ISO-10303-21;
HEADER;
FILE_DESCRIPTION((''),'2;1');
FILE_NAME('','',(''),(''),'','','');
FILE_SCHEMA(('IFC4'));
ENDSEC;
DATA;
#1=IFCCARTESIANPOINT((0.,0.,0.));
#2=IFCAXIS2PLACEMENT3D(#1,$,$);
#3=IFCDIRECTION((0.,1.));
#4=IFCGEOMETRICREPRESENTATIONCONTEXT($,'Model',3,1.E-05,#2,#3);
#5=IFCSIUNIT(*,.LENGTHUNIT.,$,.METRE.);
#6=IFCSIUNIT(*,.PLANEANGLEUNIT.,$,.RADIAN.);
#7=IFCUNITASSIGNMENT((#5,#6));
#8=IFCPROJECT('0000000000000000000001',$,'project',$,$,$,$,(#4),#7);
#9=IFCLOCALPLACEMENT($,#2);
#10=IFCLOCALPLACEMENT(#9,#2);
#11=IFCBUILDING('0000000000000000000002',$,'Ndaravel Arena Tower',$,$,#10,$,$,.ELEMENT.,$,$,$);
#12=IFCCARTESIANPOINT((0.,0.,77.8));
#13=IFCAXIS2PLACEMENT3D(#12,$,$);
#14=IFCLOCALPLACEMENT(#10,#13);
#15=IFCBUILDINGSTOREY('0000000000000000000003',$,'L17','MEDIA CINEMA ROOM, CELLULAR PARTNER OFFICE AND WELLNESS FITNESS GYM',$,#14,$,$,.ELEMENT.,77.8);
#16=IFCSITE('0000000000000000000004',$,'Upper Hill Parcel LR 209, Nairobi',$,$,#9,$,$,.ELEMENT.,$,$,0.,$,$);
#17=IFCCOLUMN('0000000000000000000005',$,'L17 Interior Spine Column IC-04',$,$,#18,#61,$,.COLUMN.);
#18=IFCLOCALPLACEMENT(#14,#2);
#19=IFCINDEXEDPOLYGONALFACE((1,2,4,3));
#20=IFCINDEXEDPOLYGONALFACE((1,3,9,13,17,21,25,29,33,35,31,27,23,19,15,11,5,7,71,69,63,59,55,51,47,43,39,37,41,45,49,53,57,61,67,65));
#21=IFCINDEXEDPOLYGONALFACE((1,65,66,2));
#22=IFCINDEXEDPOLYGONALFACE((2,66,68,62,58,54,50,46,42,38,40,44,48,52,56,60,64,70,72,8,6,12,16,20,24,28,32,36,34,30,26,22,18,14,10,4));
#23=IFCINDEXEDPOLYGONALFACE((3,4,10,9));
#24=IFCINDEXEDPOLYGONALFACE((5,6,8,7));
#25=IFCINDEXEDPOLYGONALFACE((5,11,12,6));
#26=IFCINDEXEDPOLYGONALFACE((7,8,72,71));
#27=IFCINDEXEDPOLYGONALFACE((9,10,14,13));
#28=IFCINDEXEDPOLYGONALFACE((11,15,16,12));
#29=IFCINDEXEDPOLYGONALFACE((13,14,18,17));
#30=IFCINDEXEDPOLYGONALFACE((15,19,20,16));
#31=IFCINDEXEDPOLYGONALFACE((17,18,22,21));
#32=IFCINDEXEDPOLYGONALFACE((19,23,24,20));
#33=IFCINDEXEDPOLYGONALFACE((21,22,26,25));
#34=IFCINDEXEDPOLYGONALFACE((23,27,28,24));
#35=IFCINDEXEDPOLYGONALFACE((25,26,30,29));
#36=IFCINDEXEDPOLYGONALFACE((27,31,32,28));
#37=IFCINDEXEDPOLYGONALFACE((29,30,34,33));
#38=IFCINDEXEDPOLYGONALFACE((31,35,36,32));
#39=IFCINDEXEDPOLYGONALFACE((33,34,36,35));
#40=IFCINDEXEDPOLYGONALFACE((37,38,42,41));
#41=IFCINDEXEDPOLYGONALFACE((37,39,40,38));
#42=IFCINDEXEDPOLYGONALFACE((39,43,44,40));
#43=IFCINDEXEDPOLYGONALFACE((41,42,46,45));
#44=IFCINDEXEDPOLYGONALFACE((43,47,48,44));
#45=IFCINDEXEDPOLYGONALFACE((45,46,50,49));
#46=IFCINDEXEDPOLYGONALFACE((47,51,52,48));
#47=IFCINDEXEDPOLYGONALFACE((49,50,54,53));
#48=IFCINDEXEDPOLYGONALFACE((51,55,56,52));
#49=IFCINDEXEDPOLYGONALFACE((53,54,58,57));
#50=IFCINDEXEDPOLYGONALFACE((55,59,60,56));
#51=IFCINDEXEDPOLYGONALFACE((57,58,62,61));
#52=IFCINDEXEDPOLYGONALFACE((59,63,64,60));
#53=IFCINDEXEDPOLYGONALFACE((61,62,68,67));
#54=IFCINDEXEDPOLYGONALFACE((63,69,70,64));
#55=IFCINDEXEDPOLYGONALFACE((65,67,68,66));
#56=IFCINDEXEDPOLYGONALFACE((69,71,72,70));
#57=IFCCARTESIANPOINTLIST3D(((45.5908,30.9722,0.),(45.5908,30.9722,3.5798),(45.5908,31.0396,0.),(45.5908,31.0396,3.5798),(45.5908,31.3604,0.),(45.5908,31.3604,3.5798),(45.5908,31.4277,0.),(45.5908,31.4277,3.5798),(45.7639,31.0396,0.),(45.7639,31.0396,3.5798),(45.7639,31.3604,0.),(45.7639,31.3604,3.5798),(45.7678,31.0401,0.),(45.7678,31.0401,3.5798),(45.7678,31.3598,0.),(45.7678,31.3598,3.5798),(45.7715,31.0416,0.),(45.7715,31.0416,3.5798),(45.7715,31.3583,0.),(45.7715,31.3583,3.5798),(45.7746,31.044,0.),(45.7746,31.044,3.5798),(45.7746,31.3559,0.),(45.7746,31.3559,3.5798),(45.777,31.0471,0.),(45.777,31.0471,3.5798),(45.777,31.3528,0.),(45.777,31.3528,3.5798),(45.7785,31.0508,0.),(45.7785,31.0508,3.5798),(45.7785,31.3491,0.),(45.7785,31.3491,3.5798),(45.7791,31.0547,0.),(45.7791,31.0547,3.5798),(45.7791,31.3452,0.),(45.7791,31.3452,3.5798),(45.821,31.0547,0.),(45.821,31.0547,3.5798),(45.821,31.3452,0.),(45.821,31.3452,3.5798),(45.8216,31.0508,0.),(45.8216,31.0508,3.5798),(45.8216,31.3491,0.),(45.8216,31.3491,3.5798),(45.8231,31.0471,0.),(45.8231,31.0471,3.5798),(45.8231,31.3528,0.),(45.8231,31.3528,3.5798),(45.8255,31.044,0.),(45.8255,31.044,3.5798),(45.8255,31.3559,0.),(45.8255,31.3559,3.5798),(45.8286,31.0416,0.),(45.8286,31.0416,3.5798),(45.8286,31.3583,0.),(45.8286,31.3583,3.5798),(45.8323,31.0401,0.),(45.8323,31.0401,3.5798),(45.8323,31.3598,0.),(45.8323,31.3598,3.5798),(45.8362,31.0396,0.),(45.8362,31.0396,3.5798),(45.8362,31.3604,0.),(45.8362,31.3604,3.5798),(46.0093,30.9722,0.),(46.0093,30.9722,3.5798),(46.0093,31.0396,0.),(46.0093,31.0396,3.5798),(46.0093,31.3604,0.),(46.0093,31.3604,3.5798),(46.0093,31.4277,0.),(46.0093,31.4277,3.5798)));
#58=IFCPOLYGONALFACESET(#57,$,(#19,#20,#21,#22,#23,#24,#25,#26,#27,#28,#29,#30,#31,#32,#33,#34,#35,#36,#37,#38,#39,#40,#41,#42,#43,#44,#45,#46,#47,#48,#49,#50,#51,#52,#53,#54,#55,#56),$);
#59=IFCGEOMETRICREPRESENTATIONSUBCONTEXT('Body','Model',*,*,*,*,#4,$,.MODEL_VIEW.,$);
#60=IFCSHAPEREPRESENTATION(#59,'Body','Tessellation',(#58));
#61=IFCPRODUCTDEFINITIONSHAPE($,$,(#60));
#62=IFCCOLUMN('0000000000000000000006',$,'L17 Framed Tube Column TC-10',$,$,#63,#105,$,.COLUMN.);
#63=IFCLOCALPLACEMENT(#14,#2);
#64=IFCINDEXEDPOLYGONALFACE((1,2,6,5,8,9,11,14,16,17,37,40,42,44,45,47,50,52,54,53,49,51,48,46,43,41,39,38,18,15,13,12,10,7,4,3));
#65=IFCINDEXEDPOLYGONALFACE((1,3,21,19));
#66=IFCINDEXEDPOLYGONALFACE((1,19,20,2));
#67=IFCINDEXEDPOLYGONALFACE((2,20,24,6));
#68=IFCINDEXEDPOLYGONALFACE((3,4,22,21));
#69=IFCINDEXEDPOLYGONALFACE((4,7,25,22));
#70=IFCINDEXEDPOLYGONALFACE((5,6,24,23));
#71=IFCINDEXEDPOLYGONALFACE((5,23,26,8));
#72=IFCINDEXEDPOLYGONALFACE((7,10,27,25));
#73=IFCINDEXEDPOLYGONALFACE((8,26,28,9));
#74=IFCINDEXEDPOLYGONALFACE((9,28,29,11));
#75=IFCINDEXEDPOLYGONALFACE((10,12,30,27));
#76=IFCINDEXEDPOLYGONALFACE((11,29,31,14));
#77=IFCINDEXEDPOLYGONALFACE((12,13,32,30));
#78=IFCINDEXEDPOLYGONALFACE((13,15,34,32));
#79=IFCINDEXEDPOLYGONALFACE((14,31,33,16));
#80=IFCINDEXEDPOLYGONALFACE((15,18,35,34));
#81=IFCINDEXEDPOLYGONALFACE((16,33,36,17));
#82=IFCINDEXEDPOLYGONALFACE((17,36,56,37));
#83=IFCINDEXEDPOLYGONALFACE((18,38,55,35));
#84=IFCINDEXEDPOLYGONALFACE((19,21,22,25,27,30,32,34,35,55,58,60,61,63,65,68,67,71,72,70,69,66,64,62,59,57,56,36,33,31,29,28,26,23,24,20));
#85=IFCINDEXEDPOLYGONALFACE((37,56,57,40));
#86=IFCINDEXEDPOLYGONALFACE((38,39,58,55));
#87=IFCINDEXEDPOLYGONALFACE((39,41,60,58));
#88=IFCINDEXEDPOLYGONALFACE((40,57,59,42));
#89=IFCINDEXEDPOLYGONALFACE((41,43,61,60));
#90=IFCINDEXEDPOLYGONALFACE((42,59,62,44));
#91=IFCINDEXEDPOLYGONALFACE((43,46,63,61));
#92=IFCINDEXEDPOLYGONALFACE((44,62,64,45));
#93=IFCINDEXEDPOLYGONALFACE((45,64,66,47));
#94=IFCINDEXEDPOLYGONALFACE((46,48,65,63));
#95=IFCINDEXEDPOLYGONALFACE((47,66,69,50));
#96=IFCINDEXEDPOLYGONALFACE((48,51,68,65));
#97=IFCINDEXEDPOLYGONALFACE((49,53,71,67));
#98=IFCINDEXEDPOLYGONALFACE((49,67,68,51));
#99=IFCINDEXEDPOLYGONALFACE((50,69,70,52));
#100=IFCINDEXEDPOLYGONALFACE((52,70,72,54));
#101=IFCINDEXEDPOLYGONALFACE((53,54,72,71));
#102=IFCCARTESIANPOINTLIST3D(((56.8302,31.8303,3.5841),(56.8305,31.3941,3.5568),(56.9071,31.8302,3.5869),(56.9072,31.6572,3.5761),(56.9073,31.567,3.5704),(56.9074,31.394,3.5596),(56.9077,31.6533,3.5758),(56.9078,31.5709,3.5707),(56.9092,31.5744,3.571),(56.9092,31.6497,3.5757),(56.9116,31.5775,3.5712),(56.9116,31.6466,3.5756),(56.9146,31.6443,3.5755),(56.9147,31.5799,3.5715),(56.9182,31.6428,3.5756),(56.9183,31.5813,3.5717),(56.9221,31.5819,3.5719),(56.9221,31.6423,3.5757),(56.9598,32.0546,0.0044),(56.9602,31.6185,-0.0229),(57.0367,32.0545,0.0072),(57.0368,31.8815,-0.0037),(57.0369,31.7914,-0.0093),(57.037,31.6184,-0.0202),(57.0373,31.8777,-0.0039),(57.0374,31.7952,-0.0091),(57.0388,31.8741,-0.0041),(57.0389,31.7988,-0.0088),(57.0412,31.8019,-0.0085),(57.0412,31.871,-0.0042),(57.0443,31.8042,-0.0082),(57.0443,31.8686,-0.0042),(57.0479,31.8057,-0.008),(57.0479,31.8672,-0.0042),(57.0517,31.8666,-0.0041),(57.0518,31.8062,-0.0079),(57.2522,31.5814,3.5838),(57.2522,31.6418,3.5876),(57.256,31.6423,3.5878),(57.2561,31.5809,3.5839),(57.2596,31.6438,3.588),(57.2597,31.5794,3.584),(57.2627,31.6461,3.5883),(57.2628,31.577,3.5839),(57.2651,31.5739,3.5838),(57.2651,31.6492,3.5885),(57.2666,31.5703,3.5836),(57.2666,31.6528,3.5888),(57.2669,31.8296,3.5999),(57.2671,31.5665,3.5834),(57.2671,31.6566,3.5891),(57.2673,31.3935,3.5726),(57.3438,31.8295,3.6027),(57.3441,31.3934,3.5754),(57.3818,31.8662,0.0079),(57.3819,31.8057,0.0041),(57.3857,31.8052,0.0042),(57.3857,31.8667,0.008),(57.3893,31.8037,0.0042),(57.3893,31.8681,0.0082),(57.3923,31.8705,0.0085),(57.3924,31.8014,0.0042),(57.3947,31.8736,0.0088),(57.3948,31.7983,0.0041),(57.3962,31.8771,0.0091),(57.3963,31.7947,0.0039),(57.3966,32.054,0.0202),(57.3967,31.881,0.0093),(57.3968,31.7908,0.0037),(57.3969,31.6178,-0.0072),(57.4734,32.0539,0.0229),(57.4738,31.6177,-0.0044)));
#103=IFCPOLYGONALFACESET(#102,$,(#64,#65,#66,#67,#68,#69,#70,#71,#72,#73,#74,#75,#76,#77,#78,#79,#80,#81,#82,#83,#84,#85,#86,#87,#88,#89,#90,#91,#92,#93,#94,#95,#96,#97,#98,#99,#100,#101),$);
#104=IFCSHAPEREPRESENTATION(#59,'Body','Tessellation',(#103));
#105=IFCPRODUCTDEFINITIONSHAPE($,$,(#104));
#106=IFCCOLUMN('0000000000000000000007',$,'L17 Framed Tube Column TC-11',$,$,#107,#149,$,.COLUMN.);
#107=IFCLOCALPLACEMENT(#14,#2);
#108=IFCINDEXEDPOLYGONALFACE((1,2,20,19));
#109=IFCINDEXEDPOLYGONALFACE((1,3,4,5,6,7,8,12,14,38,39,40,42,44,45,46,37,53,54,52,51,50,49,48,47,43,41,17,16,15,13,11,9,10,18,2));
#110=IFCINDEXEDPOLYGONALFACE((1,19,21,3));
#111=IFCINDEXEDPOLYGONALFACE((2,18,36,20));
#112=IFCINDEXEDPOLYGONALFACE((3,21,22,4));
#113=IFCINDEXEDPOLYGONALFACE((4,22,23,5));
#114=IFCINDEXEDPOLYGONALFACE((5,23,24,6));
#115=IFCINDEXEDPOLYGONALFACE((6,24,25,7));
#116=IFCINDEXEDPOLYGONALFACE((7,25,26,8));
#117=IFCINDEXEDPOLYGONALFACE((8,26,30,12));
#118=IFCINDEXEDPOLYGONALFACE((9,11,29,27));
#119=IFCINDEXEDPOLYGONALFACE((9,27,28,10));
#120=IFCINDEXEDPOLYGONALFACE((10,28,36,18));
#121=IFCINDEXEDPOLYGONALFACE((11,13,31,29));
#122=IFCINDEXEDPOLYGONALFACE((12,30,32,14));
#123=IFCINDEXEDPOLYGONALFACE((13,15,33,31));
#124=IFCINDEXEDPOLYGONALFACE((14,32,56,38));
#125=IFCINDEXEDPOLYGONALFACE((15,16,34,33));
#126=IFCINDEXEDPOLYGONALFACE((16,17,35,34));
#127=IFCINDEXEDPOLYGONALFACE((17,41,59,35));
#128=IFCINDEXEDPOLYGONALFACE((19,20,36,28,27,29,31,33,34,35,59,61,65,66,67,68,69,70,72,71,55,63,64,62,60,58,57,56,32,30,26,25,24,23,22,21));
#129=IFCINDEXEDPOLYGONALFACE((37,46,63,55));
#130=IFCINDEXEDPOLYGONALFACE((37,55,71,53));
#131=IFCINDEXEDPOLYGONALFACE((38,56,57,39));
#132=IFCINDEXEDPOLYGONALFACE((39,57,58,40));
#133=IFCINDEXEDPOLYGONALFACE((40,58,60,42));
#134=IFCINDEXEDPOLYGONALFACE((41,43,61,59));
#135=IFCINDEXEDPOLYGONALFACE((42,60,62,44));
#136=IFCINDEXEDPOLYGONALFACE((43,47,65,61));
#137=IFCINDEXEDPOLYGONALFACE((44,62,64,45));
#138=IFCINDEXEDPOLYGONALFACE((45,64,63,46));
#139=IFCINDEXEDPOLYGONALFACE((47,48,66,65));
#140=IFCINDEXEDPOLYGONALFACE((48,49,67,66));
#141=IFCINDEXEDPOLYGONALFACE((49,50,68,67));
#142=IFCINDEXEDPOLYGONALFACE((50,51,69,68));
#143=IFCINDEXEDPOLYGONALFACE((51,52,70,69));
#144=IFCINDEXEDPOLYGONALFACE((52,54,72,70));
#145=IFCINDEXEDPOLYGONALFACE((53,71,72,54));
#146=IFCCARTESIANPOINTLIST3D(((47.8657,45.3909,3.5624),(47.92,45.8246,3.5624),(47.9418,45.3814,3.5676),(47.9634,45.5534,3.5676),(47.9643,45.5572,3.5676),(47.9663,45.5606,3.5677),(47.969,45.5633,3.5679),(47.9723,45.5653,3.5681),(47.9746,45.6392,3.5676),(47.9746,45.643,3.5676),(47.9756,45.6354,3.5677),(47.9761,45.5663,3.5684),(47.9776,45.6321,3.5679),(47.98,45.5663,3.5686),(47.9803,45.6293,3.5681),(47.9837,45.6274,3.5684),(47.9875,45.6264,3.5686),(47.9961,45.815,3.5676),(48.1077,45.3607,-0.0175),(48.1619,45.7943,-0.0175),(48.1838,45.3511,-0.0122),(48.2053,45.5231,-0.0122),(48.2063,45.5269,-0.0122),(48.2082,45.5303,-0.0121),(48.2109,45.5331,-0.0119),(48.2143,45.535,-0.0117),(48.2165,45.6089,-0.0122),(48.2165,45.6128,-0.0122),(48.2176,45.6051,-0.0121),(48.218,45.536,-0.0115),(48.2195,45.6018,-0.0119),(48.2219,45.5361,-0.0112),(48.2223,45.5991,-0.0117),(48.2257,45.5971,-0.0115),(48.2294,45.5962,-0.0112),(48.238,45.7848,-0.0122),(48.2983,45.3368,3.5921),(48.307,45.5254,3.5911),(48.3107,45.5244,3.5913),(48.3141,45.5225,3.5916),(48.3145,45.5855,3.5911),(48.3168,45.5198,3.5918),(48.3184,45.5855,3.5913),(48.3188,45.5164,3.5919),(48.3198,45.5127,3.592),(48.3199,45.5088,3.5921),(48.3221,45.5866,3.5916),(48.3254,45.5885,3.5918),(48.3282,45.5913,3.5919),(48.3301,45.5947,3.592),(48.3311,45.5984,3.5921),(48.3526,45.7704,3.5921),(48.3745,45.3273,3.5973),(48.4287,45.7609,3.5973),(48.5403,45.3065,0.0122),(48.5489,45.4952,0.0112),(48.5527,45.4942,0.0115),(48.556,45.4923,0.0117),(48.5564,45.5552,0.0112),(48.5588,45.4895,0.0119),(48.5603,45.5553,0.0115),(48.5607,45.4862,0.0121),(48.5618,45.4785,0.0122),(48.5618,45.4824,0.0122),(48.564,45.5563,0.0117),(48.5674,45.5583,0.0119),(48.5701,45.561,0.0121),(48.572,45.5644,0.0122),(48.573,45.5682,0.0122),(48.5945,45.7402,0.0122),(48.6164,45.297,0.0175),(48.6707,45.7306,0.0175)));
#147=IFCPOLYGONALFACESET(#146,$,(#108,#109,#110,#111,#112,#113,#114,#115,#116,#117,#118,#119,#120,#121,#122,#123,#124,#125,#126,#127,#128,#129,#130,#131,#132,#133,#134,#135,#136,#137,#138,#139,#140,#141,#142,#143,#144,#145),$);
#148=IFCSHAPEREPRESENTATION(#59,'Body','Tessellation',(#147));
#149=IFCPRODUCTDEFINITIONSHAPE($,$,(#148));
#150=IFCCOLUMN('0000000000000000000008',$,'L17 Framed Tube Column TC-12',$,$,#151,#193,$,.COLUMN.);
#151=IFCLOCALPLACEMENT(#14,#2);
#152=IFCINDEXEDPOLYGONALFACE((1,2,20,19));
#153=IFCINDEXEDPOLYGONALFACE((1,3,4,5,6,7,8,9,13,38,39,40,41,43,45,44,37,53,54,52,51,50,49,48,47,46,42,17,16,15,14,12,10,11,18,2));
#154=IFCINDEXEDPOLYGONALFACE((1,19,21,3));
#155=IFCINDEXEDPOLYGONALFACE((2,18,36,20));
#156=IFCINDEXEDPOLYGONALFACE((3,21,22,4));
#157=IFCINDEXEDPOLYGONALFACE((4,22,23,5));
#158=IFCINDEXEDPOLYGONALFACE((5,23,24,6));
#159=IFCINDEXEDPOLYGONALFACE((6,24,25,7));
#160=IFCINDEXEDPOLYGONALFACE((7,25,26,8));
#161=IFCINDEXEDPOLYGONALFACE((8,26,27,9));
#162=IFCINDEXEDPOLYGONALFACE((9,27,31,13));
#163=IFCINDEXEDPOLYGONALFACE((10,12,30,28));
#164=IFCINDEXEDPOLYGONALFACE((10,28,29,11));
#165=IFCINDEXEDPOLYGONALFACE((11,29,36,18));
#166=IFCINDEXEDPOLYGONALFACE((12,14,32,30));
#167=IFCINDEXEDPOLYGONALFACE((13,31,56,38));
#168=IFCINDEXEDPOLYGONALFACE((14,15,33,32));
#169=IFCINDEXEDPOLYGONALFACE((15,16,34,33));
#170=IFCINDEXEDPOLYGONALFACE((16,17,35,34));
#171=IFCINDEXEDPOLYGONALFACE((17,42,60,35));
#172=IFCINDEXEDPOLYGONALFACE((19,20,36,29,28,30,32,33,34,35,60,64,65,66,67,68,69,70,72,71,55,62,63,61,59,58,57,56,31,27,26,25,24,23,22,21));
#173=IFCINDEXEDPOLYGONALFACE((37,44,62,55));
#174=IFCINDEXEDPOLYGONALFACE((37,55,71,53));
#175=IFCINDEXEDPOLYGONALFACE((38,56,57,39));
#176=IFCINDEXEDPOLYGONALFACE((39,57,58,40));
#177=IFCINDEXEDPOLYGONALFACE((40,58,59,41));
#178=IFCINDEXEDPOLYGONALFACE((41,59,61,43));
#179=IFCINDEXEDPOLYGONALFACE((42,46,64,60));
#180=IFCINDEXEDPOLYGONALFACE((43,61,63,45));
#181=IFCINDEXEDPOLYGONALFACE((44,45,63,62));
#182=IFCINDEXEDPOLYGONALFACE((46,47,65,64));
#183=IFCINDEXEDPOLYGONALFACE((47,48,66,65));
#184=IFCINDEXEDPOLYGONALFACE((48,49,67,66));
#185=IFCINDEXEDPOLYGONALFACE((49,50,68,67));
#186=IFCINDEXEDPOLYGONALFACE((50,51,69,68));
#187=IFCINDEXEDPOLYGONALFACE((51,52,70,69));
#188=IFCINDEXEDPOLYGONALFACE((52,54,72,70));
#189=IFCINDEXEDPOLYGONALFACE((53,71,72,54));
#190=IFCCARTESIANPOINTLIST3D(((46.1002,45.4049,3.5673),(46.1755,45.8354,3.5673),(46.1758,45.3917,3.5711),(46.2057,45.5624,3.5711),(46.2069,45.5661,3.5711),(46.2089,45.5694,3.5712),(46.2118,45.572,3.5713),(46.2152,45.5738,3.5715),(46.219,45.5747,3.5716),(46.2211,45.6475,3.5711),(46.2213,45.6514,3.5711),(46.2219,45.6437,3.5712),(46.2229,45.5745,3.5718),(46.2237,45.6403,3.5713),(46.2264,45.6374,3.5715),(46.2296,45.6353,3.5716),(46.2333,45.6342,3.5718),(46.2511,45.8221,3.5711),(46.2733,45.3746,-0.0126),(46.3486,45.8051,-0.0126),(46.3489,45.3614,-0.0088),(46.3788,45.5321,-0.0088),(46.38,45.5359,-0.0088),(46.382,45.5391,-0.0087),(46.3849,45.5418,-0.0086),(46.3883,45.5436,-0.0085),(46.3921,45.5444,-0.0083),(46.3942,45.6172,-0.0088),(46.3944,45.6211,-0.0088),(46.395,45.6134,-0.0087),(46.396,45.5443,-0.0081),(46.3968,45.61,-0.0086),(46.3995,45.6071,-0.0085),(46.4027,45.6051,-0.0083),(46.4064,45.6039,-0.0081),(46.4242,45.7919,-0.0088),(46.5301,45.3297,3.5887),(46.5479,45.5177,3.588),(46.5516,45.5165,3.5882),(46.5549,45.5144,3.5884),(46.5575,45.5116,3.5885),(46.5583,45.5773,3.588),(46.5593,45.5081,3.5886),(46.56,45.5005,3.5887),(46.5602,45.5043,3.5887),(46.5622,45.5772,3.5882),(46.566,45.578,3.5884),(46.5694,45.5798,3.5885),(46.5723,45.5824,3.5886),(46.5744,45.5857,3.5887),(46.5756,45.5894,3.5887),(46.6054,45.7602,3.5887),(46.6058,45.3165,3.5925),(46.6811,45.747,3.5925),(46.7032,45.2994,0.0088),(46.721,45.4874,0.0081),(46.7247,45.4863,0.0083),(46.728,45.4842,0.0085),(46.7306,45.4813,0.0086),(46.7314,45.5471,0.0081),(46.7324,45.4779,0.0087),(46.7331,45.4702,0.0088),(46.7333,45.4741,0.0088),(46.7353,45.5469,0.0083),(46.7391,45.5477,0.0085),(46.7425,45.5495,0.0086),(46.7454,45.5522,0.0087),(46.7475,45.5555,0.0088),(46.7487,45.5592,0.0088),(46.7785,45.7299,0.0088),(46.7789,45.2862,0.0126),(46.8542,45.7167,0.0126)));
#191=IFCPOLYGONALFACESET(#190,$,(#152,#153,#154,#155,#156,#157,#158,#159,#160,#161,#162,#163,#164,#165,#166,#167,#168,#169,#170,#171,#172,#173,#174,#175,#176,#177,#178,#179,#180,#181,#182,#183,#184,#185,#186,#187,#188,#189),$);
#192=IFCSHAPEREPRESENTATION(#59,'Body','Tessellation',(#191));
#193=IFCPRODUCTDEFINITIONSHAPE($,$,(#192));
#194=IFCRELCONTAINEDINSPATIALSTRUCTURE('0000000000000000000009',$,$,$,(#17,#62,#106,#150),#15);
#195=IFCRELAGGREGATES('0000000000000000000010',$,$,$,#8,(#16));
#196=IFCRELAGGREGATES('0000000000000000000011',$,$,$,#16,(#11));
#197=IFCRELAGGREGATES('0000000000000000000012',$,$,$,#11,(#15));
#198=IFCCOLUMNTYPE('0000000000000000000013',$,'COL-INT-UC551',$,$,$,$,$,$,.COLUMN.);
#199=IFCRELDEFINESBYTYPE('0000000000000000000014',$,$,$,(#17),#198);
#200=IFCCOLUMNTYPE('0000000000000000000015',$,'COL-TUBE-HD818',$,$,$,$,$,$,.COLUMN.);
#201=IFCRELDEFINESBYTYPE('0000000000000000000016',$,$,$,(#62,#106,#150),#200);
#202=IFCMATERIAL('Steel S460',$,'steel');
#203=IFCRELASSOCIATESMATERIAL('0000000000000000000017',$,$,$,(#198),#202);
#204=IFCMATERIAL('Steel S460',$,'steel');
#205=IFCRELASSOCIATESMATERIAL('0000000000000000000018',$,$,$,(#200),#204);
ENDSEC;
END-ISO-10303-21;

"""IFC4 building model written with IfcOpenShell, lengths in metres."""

from ifc_helpers import new_model, si_unit, direction, frame, origin, origin_2d, place, context, subcontext, project, spatial, i_section, extrude, material, material_profile, profile_set, type_object, element, save


model = new_model("IFC4")

# Units and contexts
model_context = context("Model", 3, precision=1e-05, world=origin(), true_north=direction((0.0, 1.0)))
body_context = subcontext(model_context, "Body", "Model", "MODEL_VIEW")
ifc_project = project(units=[si_unit("LENGTHUNIT", "METRE"), si_unit("PLANEANGLEUNIT", "RADIAN")], contexts=[model_context])

# Site, building, storey
site_placement = place(None, origin())
site = spatial("IfcSite", under=ifc_project, at=site_placement, Name="Upper Hill Parcel LR 209, Nairobi", CompositionType="ELEMENT", RefElevation=0.0)
building_placement = place(site_placement, origin())
building = spatial("IfcBuilding", under=site, at=building_placement, Name="Ndaravel Arena Tower", CompositionType="ELEMENT")
storey_placement = place(building_placement, frame((0.0, 0.0, 77.8)))
storey = spatial("IfcBuildingStorey", under=building, at=storey_placement, Name="L17", Description="MEDIA CINEMA ROOM, CELLULAR PARTNER OFFICE AND WELLNESS FITNESS GYM", CompositionType="ELEMENT", Elevation=77.8)

# Columns
ifc_material_1 = material(Name="Steel S460", Category="steel")
ifc_material_profile_1 = material_profile(ifc_material_1, i_section(OverallWidth=0.4185, OverallDepth=0.4556, WebThickness=0.042, FlangeThickness=0.0674, FilletRadius=0.0151, at=origin_2d()), Name="UC 356x406x551")
ifc_profile_set_1 = profile_set([ifc_material_profile_1], Name="Steel S460")
column_type_1 = type_object("IfcColumnType", Name="COL-INT-UC551", PredefinedType="COLUMN", material=ifc_profile_set_1)
column_1_placement = place(storey_placement, frame((45.8, 31.2, 0.0), z_axis=(0.0, 0.0, 1.0), x_axis=(1.0, 0.0, 0.0)))
element("IfcColumn", 1, at=column_1_placement, inside=storey, type_object=column_type_1, Name="L17 Interior Spine Column IC-04", PredefinedType="COLUMN", context=body_context, shape_type="SweptSolid", body=[
    extrude(i_section(OverallWidth=0.4185, OverallDepth=0.4556, WebThickness=0.042, FlangeThickness=0.0674, FilletRadius=0.0151, at=origin_2d()), origin(), (0.0, 0.0, 1.0), 3.5798),
])
ifc_material_2 = material(Name="Steel S460", Category="steel")
ifc_material_profile_2 = material_profile(ifc_material_2, i_section(OverallWidth=0.437, OverallDepth=0.5139, WebThickness=0.0605, FlangeThickness=0.0769, FilletRadius=0.0149, at=origin_2d()), Name="HD 400x818")
ifc_profile_set_2 = profile_set([ifc_material_profile_2], Name="Steel S460")
column_type_2 = type_object("IfcColumnType", Name="COL-TUBE-HD818", PredefinedType="COLUMN", material=ifc_profile_set_2)
column_2_placement = place(storey_placement, frame((57.2168, 31.8362, 0.0), z_axis=(-0.036119, -0.062511, 0.99739), x_axis=(-0.000792, 0.998043, 0.062523)))
element("IfcColumn", 2, at=column_2_placement, inside=storey, type_object=column_type_2, Name="L17 Framed Tube Column TC-10", PredefinedType="COLUMN", context=body_context, shape_type="SweptSolid", body=[
    extrude(i_section(OverallWidth=0.437, OverallDepth=0.5139, WebThickness=0.0605, FlangeThickness=0.0769, FilletRadius=0.0149, at=origin_2d()), origin(), (0.0, 0.0, 1.0), 3.5891),
])
column_3_placement = place(storey_placement, frame((48.3892, 45.5457, 0.0), z_axis=(-0.067429, 0.008437, 0.997688), x_axis=(-0.124158, -0.992262, 0.0)))
element("IfcColumn", 3, at=column_3_placement, inside=storey, type_object=column_type_2, Name="L17 Framed Tube Column TC-11", PredefinedType="COLUMN", context=body_context, shape_type="SweptSolid", body=[
    extrude(i_section(OverallWidth=0.437, OverallDepth=0.5139, WebThickness=0.0605, FlangeThickness=0.0769, FilletRadius=0.0149, at=origin_2d()), origin(), (0.0, 0.0, 1.0), 3.5881),
])
column_4_placement = place(storey_placement, frame((46.5637, 45.5457, 0.0), z_axis=(-0.048295, 0.008446, 0.998797), x_axis=(-0.172279, -0.985048, 0.0)))
element("IfcColumn", 4, at=column_4_placement, inside=storey, type_object=column_type_2, Name="L17 Framed Tube Column TC-12", PredefinedType="COLUMN", context=body_context, shape_type="SweptSolid", body=[
    extrude(i_section(OverallWidth=0.437, OverallDepth=0.5139, WebThickness=0.0605, FlangeThickness=0.0769, FilletRadius=0.0149, at=origin_2d()), origin(), (0.0, 0.0, 1.0), 3.5842),
])

save(model, "model.ifc")
